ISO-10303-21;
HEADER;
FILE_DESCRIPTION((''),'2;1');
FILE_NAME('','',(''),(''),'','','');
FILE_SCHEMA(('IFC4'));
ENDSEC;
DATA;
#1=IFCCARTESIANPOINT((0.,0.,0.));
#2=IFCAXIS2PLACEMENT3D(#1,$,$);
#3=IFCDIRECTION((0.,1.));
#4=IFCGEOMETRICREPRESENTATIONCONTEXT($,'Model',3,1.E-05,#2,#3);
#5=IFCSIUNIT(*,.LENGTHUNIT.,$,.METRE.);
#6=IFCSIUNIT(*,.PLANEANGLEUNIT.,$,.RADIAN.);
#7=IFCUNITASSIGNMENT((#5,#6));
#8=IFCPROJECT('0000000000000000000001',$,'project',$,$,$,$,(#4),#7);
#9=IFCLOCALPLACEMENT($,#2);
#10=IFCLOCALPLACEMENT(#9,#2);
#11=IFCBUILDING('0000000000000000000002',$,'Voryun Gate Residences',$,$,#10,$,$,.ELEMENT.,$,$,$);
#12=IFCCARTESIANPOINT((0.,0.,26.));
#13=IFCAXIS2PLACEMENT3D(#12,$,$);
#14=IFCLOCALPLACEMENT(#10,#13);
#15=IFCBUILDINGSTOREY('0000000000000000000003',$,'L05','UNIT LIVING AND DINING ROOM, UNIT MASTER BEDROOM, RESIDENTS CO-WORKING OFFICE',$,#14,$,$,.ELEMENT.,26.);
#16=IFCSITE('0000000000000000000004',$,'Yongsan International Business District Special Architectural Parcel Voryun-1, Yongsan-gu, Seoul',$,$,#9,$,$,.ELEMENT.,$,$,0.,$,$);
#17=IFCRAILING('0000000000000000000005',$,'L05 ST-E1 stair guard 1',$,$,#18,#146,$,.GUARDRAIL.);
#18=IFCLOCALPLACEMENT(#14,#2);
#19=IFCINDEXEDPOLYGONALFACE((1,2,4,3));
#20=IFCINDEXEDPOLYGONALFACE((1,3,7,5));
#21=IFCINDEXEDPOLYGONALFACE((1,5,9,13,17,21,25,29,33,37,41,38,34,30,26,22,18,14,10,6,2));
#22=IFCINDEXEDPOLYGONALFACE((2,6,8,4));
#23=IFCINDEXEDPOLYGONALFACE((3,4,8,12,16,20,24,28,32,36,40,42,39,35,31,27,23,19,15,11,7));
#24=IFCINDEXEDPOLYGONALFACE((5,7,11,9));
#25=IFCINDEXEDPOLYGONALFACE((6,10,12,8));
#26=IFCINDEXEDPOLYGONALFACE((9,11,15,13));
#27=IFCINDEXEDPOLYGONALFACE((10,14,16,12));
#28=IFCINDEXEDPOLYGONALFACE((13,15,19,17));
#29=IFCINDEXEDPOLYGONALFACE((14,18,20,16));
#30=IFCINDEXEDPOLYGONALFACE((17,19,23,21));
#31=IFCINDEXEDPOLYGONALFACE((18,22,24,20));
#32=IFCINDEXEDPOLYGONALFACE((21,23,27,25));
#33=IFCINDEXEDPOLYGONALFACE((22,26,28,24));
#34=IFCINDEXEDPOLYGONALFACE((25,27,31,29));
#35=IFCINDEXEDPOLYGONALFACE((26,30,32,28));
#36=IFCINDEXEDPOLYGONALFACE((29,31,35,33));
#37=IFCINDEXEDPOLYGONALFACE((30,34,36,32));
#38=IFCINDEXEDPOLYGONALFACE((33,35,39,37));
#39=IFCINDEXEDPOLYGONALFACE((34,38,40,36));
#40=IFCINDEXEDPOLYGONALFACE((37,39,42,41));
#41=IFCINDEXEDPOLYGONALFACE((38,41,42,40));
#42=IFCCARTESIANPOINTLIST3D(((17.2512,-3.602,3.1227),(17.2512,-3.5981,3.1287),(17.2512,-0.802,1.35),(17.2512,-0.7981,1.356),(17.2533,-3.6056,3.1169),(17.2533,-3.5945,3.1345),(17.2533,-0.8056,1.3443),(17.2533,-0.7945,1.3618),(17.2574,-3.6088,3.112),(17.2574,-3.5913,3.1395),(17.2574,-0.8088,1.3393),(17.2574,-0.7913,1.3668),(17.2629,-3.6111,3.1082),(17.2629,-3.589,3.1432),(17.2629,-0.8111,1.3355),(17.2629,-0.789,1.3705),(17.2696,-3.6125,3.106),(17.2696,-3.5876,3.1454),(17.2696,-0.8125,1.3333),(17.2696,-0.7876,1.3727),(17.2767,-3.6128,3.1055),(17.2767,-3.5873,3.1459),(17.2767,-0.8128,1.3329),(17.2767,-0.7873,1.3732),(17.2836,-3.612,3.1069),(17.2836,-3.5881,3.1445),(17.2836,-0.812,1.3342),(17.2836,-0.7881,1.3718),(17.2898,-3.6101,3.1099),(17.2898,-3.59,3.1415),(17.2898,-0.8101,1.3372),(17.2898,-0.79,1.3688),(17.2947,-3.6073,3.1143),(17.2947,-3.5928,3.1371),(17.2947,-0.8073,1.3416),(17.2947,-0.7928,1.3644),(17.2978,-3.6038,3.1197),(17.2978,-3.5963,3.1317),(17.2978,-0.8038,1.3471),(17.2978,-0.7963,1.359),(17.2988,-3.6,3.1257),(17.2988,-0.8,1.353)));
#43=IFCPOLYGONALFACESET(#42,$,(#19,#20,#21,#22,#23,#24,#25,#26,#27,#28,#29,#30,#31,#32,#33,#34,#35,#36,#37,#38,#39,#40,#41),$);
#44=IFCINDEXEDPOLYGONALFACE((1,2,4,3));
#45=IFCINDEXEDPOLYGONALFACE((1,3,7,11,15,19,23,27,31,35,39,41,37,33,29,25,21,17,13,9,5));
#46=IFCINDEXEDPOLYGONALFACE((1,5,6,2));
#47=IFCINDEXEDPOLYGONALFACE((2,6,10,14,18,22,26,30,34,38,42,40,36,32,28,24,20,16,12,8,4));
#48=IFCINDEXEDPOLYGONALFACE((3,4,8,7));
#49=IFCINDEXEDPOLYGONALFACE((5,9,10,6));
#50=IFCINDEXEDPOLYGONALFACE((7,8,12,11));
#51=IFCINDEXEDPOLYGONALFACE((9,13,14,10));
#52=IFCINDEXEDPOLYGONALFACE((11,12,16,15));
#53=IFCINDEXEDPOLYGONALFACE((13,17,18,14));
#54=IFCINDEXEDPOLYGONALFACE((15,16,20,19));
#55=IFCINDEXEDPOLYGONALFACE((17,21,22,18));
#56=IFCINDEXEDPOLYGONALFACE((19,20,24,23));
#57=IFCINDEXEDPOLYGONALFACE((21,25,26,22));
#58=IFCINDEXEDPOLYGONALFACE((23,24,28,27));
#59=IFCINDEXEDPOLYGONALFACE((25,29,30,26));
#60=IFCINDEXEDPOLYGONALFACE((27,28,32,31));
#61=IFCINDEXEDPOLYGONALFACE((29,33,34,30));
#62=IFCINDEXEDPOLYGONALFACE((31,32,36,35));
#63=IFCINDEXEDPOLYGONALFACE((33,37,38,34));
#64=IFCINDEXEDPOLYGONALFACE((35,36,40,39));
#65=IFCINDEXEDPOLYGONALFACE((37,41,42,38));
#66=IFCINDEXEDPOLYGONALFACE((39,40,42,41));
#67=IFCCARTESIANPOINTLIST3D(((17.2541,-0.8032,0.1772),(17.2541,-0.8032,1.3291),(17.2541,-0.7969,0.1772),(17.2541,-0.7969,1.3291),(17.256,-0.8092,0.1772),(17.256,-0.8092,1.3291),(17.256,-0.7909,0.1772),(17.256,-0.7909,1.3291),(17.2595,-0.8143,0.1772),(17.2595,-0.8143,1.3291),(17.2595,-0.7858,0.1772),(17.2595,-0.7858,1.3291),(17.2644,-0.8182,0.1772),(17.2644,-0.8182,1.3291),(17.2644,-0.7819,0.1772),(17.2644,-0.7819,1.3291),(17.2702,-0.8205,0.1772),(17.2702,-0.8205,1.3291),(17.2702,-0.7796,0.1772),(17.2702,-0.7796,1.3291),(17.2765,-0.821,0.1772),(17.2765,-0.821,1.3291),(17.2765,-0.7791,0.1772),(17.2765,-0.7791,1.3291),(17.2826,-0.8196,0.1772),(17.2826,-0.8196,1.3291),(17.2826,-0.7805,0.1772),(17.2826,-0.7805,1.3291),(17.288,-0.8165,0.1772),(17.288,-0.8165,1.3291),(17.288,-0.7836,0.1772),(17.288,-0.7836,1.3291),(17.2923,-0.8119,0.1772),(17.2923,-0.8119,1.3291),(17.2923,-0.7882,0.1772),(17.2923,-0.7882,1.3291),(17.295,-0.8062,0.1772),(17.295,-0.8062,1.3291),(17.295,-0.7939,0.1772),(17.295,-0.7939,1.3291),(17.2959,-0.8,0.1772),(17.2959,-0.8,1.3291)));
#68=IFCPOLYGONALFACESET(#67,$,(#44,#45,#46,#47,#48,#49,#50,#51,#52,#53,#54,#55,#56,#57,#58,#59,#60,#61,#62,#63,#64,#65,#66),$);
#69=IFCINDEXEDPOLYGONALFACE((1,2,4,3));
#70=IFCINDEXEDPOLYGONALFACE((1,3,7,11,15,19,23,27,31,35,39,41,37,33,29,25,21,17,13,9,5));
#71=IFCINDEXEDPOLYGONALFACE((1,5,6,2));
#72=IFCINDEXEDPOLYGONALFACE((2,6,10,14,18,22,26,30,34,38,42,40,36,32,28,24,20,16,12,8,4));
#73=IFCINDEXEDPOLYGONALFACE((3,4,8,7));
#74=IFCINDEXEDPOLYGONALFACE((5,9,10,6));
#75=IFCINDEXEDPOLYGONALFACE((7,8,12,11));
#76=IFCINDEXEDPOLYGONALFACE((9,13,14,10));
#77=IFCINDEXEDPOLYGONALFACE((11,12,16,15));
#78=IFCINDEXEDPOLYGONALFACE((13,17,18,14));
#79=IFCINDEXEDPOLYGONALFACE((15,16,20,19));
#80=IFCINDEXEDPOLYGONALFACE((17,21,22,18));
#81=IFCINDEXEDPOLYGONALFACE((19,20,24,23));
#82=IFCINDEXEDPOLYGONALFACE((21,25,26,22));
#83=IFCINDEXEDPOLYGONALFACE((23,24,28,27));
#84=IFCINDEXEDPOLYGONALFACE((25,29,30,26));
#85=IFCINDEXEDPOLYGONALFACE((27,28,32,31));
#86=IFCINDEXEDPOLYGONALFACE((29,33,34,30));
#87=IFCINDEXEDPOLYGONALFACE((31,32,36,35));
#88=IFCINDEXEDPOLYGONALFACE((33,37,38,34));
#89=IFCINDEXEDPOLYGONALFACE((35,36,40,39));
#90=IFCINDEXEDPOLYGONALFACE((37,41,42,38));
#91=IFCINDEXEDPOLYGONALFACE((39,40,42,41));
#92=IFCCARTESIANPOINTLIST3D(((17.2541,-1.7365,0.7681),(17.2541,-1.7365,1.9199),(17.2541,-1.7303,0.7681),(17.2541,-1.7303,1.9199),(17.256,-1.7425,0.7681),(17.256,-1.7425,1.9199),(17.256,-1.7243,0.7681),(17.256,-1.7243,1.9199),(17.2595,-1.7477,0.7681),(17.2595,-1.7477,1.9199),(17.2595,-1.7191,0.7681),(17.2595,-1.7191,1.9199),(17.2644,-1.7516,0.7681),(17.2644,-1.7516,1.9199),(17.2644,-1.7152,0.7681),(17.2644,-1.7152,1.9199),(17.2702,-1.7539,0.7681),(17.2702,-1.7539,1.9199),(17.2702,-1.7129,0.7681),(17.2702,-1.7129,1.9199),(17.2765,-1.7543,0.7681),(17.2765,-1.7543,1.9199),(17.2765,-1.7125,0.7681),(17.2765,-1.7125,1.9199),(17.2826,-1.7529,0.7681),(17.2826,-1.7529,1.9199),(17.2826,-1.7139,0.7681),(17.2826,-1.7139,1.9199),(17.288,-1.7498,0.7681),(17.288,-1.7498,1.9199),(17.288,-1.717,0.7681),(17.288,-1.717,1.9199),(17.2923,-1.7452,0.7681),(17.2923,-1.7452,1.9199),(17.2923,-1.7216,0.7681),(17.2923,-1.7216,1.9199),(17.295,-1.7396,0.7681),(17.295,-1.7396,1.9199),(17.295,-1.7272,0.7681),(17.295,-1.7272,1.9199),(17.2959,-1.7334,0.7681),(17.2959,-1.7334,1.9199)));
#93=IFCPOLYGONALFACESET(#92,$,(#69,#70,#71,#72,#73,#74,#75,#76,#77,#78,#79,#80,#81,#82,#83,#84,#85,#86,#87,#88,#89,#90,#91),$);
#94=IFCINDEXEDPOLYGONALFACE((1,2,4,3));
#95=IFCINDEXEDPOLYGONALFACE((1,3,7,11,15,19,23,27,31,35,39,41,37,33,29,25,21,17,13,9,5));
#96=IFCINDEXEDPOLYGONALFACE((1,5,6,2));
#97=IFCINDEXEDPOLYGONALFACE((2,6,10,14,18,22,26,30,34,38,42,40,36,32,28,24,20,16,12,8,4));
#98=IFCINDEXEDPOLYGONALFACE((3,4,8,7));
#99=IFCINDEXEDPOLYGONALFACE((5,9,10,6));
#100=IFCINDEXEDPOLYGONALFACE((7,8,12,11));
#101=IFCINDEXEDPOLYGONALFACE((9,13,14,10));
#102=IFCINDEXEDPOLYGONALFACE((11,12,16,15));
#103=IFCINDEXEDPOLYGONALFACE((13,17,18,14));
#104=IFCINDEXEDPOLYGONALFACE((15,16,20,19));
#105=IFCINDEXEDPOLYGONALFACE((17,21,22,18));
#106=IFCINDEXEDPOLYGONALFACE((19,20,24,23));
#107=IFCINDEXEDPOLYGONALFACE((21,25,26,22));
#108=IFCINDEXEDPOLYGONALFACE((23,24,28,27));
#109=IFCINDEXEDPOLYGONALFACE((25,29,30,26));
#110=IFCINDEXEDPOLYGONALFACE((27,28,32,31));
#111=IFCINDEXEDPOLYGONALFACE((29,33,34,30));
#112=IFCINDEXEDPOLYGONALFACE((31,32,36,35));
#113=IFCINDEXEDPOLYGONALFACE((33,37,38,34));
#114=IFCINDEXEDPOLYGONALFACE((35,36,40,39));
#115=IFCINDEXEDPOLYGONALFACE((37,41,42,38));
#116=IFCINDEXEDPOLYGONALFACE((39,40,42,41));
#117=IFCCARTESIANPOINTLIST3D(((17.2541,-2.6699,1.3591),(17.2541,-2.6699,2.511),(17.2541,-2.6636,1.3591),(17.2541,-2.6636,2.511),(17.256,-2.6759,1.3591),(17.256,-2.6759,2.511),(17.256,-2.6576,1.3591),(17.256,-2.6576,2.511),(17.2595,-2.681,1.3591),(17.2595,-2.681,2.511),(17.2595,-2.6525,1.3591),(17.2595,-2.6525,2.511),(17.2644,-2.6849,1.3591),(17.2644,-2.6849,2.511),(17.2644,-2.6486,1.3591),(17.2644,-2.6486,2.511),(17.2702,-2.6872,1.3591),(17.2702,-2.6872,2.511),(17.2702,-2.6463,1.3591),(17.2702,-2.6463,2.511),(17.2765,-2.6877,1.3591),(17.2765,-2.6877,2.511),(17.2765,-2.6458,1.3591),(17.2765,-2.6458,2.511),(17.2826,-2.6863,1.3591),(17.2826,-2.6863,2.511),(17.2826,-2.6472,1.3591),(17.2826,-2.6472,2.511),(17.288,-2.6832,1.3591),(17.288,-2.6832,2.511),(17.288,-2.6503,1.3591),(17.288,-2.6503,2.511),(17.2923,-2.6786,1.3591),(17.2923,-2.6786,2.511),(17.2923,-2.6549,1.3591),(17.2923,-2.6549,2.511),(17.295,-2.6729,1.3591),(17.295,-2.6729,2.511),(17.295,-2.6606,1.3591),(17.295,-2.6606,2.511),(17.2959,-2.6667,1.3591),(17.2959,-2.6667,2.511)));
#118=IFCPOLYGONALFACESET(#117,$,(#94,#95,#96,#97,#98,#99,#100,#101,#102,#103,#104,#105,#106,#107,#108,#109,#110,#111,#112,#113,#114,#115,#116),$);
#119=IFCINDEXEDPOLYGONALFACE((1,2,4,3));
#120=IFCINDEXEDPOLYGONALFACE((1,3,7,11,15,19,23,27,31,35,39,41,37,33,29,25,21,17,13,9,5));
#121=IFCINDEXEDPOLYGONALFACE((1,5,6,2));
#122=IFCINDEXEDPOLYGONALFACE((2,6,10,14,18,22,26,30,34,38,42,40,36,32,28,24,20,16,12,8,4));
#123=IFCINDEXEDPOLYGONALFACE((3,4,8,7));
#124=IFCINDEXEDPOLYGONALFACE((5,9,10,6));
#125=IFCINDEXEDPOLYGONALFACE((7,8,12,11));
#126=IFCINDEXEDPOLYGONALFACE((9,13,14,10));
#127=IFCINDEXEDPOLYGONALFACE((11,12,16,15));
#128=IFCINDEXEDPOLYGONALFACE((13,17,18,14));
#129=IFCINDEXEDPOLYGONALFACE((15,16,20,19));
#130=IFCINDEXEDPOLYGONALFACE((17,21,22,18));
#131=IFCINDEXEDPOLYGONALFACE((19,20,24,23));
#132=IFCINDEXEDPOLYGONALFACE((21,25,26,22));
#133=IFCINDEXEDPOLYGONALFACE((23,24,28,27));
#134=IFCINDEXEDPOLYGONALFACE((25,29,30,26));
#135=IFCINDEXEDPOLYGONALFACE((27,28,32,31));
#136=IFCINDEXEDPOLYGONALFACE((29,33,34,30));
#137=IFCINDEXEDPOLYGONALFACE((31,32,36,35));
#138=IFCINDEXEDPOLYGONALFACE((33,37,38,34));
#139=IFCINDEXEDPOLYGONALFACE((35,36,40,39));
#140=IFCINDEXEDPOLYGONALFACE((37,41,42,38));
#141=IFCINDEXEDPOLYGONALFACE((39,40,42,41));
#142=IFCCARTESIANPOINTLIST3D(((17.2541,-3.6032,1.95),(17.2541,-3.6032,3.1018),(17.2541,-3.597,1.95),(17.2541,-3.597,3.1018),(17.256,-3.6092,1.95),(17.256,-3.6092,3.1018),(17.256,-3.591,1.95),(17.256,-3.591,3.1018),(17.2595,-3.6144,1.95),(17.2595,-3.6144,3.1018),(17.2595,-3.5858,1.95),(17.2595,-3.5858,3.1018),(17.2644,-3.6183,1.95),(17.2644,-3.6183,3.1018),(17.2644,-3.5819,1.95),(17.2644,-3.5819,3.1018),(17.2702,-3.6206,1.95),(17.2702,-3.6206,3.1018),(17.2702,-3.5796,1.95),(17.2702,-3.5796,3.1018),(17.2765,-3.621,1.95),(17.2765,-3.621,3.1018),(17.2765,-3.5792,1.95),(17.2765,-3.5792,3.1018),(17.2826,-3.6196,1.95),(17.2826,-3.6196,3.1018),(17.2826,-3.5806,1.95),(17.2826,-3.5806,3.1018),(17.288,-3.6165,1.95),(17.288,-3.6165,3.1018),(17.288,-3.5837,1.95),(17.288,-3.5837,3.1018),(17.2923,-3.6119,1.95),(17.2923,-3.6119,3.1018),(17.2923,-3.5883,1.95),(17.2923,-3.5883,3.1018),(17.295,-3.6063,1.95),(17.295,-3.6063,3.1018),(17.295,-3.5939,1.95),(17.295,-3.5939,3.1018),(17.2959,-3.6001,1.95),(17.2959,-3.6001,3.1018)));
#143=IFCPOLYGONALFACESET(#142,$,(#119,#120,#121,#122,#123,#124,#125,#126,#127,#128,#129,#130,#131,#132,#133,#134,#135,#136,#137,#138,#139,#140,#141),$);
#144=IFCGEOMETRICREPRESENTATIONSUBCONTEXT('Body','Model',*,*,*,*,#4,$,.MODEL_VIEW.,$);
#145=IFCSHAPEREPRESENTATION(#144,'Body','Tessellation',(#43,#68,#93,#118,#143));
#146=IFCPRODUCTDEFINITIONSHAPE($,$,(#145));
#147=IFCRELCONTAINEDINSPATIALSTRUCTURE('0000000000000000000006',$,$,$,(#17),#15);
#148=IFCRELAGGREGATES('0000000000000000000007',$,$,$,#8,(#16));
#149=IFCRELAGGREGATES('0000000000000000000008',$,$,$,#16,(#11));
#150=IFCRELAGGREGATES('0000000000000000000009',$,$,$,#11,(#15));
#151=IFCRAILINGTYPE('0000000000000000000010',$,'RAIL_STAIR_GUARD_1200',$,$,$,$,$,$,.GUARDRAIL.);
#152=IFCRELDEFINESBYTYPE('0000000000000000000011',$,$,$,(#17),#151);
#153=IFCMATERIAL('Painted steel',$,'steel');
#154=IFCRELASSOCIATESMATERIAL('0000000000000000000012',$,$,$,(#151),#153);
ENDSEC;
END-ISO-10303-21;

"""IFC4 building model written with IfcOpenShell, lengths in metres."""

from ifc_helpers import new_model, si_unit, direction, frame, origin, origin_2d, place, context, subcontext, project, spatial, circle, extrude, material, type_object, element, save


model = new_model("IFC4")

# Units and contexts
model_context = context("Model", 3, precision=1e-05, world=origin(), true_north=direction((0.0, 1.0)))
body_context = subcontext(model_context, "Body", "Model", "MODEL_VIEW")
ifc_project = project(units=[si_unit("LENGTHUNIT", "METRE"), si_unit("PLANEANGLEUNIT", "RADIAN")], contexts=[model_context])

# Site, building, storey
site_placement = place(None, origin())
site = spatial("IfcSite", under=ifc_project, at=site_placement, Name="Yongsan International Business District Special Architectural Parcel Voryun-1, Yongsan-gu, Seoul", CompositionType="ELEMENT", RefElevation=0.0)
building_placement = place(site_placement, origin())
building = spatial("IfcBuilding", under=site, at=building_placement, Name="Voryun Gate Residences", CompositionType="ELEMENT")
storey_placement = place(building_placement, frame((0.0, 0.0, 26.0)))
storey = spatial("IfcBuildingStorey", under=building, at=storey_placement, Name="L05", Description="UNIT LIVING AND DINING ROOM, UNIT MASTER BEDROOM, RESIDENTS CO-WORKING OFFICE", CompositionType="ELEMENT", Elevation=26.0)

# Railing
ifc_material_1 = material(Name="Painted steel", Category="steel")
railing_type_1 = type_object("IfcRailingType", Name="RAIL_STAIR_GUARD_1200", PredefinedType="GUARDRAIL", material=ifc_material_1)
railing_1_placement = place(storey_placement, frame((17.2749, -0.8, 0.1772)))
element("IfcRailing", 1, at=railing_1_placement, inside=storey, type_object=railing_type_1, Name="L05 ST-E1 stair guard 1", PredefinedType="GUARDRAIL", context=body_context, shape_type="SweptSolid", body=[
    extrude(circle(Radius=0.0239, at=origin_2d()), frame((0.0, 0.0, 1.1758), z_axis=(0.0, -0.844909, 0.53491), x_axis=(1.0, 0.0, 0.0)), (0.0, 0.0, 1.0), 3.314),
    extrude(circle(Radius=0.021, at=origin_2d()), origin(), (0.0, 0.0, 1.0), 1.1519),
    extrude(circle(Radius=0.021, at=origin_2d()), frame((0.0, -0.9333, 0.5908)), (0.0, 0.0, 1.0), 1.1519),
    extrude(circle(Radius=0.021, at=origin_2d()), frame((0.0, -1.8667, 1.1819)), (0.0, 0.0, 1.0), 1.1519),
    extrude(circle(Radius=0.021, at=origin_2d()), frame((0.0, -2.8, 1.7727)), (0.0, 0.0, 1.0), 1.1519),
])

save(model, "model.ifc")
